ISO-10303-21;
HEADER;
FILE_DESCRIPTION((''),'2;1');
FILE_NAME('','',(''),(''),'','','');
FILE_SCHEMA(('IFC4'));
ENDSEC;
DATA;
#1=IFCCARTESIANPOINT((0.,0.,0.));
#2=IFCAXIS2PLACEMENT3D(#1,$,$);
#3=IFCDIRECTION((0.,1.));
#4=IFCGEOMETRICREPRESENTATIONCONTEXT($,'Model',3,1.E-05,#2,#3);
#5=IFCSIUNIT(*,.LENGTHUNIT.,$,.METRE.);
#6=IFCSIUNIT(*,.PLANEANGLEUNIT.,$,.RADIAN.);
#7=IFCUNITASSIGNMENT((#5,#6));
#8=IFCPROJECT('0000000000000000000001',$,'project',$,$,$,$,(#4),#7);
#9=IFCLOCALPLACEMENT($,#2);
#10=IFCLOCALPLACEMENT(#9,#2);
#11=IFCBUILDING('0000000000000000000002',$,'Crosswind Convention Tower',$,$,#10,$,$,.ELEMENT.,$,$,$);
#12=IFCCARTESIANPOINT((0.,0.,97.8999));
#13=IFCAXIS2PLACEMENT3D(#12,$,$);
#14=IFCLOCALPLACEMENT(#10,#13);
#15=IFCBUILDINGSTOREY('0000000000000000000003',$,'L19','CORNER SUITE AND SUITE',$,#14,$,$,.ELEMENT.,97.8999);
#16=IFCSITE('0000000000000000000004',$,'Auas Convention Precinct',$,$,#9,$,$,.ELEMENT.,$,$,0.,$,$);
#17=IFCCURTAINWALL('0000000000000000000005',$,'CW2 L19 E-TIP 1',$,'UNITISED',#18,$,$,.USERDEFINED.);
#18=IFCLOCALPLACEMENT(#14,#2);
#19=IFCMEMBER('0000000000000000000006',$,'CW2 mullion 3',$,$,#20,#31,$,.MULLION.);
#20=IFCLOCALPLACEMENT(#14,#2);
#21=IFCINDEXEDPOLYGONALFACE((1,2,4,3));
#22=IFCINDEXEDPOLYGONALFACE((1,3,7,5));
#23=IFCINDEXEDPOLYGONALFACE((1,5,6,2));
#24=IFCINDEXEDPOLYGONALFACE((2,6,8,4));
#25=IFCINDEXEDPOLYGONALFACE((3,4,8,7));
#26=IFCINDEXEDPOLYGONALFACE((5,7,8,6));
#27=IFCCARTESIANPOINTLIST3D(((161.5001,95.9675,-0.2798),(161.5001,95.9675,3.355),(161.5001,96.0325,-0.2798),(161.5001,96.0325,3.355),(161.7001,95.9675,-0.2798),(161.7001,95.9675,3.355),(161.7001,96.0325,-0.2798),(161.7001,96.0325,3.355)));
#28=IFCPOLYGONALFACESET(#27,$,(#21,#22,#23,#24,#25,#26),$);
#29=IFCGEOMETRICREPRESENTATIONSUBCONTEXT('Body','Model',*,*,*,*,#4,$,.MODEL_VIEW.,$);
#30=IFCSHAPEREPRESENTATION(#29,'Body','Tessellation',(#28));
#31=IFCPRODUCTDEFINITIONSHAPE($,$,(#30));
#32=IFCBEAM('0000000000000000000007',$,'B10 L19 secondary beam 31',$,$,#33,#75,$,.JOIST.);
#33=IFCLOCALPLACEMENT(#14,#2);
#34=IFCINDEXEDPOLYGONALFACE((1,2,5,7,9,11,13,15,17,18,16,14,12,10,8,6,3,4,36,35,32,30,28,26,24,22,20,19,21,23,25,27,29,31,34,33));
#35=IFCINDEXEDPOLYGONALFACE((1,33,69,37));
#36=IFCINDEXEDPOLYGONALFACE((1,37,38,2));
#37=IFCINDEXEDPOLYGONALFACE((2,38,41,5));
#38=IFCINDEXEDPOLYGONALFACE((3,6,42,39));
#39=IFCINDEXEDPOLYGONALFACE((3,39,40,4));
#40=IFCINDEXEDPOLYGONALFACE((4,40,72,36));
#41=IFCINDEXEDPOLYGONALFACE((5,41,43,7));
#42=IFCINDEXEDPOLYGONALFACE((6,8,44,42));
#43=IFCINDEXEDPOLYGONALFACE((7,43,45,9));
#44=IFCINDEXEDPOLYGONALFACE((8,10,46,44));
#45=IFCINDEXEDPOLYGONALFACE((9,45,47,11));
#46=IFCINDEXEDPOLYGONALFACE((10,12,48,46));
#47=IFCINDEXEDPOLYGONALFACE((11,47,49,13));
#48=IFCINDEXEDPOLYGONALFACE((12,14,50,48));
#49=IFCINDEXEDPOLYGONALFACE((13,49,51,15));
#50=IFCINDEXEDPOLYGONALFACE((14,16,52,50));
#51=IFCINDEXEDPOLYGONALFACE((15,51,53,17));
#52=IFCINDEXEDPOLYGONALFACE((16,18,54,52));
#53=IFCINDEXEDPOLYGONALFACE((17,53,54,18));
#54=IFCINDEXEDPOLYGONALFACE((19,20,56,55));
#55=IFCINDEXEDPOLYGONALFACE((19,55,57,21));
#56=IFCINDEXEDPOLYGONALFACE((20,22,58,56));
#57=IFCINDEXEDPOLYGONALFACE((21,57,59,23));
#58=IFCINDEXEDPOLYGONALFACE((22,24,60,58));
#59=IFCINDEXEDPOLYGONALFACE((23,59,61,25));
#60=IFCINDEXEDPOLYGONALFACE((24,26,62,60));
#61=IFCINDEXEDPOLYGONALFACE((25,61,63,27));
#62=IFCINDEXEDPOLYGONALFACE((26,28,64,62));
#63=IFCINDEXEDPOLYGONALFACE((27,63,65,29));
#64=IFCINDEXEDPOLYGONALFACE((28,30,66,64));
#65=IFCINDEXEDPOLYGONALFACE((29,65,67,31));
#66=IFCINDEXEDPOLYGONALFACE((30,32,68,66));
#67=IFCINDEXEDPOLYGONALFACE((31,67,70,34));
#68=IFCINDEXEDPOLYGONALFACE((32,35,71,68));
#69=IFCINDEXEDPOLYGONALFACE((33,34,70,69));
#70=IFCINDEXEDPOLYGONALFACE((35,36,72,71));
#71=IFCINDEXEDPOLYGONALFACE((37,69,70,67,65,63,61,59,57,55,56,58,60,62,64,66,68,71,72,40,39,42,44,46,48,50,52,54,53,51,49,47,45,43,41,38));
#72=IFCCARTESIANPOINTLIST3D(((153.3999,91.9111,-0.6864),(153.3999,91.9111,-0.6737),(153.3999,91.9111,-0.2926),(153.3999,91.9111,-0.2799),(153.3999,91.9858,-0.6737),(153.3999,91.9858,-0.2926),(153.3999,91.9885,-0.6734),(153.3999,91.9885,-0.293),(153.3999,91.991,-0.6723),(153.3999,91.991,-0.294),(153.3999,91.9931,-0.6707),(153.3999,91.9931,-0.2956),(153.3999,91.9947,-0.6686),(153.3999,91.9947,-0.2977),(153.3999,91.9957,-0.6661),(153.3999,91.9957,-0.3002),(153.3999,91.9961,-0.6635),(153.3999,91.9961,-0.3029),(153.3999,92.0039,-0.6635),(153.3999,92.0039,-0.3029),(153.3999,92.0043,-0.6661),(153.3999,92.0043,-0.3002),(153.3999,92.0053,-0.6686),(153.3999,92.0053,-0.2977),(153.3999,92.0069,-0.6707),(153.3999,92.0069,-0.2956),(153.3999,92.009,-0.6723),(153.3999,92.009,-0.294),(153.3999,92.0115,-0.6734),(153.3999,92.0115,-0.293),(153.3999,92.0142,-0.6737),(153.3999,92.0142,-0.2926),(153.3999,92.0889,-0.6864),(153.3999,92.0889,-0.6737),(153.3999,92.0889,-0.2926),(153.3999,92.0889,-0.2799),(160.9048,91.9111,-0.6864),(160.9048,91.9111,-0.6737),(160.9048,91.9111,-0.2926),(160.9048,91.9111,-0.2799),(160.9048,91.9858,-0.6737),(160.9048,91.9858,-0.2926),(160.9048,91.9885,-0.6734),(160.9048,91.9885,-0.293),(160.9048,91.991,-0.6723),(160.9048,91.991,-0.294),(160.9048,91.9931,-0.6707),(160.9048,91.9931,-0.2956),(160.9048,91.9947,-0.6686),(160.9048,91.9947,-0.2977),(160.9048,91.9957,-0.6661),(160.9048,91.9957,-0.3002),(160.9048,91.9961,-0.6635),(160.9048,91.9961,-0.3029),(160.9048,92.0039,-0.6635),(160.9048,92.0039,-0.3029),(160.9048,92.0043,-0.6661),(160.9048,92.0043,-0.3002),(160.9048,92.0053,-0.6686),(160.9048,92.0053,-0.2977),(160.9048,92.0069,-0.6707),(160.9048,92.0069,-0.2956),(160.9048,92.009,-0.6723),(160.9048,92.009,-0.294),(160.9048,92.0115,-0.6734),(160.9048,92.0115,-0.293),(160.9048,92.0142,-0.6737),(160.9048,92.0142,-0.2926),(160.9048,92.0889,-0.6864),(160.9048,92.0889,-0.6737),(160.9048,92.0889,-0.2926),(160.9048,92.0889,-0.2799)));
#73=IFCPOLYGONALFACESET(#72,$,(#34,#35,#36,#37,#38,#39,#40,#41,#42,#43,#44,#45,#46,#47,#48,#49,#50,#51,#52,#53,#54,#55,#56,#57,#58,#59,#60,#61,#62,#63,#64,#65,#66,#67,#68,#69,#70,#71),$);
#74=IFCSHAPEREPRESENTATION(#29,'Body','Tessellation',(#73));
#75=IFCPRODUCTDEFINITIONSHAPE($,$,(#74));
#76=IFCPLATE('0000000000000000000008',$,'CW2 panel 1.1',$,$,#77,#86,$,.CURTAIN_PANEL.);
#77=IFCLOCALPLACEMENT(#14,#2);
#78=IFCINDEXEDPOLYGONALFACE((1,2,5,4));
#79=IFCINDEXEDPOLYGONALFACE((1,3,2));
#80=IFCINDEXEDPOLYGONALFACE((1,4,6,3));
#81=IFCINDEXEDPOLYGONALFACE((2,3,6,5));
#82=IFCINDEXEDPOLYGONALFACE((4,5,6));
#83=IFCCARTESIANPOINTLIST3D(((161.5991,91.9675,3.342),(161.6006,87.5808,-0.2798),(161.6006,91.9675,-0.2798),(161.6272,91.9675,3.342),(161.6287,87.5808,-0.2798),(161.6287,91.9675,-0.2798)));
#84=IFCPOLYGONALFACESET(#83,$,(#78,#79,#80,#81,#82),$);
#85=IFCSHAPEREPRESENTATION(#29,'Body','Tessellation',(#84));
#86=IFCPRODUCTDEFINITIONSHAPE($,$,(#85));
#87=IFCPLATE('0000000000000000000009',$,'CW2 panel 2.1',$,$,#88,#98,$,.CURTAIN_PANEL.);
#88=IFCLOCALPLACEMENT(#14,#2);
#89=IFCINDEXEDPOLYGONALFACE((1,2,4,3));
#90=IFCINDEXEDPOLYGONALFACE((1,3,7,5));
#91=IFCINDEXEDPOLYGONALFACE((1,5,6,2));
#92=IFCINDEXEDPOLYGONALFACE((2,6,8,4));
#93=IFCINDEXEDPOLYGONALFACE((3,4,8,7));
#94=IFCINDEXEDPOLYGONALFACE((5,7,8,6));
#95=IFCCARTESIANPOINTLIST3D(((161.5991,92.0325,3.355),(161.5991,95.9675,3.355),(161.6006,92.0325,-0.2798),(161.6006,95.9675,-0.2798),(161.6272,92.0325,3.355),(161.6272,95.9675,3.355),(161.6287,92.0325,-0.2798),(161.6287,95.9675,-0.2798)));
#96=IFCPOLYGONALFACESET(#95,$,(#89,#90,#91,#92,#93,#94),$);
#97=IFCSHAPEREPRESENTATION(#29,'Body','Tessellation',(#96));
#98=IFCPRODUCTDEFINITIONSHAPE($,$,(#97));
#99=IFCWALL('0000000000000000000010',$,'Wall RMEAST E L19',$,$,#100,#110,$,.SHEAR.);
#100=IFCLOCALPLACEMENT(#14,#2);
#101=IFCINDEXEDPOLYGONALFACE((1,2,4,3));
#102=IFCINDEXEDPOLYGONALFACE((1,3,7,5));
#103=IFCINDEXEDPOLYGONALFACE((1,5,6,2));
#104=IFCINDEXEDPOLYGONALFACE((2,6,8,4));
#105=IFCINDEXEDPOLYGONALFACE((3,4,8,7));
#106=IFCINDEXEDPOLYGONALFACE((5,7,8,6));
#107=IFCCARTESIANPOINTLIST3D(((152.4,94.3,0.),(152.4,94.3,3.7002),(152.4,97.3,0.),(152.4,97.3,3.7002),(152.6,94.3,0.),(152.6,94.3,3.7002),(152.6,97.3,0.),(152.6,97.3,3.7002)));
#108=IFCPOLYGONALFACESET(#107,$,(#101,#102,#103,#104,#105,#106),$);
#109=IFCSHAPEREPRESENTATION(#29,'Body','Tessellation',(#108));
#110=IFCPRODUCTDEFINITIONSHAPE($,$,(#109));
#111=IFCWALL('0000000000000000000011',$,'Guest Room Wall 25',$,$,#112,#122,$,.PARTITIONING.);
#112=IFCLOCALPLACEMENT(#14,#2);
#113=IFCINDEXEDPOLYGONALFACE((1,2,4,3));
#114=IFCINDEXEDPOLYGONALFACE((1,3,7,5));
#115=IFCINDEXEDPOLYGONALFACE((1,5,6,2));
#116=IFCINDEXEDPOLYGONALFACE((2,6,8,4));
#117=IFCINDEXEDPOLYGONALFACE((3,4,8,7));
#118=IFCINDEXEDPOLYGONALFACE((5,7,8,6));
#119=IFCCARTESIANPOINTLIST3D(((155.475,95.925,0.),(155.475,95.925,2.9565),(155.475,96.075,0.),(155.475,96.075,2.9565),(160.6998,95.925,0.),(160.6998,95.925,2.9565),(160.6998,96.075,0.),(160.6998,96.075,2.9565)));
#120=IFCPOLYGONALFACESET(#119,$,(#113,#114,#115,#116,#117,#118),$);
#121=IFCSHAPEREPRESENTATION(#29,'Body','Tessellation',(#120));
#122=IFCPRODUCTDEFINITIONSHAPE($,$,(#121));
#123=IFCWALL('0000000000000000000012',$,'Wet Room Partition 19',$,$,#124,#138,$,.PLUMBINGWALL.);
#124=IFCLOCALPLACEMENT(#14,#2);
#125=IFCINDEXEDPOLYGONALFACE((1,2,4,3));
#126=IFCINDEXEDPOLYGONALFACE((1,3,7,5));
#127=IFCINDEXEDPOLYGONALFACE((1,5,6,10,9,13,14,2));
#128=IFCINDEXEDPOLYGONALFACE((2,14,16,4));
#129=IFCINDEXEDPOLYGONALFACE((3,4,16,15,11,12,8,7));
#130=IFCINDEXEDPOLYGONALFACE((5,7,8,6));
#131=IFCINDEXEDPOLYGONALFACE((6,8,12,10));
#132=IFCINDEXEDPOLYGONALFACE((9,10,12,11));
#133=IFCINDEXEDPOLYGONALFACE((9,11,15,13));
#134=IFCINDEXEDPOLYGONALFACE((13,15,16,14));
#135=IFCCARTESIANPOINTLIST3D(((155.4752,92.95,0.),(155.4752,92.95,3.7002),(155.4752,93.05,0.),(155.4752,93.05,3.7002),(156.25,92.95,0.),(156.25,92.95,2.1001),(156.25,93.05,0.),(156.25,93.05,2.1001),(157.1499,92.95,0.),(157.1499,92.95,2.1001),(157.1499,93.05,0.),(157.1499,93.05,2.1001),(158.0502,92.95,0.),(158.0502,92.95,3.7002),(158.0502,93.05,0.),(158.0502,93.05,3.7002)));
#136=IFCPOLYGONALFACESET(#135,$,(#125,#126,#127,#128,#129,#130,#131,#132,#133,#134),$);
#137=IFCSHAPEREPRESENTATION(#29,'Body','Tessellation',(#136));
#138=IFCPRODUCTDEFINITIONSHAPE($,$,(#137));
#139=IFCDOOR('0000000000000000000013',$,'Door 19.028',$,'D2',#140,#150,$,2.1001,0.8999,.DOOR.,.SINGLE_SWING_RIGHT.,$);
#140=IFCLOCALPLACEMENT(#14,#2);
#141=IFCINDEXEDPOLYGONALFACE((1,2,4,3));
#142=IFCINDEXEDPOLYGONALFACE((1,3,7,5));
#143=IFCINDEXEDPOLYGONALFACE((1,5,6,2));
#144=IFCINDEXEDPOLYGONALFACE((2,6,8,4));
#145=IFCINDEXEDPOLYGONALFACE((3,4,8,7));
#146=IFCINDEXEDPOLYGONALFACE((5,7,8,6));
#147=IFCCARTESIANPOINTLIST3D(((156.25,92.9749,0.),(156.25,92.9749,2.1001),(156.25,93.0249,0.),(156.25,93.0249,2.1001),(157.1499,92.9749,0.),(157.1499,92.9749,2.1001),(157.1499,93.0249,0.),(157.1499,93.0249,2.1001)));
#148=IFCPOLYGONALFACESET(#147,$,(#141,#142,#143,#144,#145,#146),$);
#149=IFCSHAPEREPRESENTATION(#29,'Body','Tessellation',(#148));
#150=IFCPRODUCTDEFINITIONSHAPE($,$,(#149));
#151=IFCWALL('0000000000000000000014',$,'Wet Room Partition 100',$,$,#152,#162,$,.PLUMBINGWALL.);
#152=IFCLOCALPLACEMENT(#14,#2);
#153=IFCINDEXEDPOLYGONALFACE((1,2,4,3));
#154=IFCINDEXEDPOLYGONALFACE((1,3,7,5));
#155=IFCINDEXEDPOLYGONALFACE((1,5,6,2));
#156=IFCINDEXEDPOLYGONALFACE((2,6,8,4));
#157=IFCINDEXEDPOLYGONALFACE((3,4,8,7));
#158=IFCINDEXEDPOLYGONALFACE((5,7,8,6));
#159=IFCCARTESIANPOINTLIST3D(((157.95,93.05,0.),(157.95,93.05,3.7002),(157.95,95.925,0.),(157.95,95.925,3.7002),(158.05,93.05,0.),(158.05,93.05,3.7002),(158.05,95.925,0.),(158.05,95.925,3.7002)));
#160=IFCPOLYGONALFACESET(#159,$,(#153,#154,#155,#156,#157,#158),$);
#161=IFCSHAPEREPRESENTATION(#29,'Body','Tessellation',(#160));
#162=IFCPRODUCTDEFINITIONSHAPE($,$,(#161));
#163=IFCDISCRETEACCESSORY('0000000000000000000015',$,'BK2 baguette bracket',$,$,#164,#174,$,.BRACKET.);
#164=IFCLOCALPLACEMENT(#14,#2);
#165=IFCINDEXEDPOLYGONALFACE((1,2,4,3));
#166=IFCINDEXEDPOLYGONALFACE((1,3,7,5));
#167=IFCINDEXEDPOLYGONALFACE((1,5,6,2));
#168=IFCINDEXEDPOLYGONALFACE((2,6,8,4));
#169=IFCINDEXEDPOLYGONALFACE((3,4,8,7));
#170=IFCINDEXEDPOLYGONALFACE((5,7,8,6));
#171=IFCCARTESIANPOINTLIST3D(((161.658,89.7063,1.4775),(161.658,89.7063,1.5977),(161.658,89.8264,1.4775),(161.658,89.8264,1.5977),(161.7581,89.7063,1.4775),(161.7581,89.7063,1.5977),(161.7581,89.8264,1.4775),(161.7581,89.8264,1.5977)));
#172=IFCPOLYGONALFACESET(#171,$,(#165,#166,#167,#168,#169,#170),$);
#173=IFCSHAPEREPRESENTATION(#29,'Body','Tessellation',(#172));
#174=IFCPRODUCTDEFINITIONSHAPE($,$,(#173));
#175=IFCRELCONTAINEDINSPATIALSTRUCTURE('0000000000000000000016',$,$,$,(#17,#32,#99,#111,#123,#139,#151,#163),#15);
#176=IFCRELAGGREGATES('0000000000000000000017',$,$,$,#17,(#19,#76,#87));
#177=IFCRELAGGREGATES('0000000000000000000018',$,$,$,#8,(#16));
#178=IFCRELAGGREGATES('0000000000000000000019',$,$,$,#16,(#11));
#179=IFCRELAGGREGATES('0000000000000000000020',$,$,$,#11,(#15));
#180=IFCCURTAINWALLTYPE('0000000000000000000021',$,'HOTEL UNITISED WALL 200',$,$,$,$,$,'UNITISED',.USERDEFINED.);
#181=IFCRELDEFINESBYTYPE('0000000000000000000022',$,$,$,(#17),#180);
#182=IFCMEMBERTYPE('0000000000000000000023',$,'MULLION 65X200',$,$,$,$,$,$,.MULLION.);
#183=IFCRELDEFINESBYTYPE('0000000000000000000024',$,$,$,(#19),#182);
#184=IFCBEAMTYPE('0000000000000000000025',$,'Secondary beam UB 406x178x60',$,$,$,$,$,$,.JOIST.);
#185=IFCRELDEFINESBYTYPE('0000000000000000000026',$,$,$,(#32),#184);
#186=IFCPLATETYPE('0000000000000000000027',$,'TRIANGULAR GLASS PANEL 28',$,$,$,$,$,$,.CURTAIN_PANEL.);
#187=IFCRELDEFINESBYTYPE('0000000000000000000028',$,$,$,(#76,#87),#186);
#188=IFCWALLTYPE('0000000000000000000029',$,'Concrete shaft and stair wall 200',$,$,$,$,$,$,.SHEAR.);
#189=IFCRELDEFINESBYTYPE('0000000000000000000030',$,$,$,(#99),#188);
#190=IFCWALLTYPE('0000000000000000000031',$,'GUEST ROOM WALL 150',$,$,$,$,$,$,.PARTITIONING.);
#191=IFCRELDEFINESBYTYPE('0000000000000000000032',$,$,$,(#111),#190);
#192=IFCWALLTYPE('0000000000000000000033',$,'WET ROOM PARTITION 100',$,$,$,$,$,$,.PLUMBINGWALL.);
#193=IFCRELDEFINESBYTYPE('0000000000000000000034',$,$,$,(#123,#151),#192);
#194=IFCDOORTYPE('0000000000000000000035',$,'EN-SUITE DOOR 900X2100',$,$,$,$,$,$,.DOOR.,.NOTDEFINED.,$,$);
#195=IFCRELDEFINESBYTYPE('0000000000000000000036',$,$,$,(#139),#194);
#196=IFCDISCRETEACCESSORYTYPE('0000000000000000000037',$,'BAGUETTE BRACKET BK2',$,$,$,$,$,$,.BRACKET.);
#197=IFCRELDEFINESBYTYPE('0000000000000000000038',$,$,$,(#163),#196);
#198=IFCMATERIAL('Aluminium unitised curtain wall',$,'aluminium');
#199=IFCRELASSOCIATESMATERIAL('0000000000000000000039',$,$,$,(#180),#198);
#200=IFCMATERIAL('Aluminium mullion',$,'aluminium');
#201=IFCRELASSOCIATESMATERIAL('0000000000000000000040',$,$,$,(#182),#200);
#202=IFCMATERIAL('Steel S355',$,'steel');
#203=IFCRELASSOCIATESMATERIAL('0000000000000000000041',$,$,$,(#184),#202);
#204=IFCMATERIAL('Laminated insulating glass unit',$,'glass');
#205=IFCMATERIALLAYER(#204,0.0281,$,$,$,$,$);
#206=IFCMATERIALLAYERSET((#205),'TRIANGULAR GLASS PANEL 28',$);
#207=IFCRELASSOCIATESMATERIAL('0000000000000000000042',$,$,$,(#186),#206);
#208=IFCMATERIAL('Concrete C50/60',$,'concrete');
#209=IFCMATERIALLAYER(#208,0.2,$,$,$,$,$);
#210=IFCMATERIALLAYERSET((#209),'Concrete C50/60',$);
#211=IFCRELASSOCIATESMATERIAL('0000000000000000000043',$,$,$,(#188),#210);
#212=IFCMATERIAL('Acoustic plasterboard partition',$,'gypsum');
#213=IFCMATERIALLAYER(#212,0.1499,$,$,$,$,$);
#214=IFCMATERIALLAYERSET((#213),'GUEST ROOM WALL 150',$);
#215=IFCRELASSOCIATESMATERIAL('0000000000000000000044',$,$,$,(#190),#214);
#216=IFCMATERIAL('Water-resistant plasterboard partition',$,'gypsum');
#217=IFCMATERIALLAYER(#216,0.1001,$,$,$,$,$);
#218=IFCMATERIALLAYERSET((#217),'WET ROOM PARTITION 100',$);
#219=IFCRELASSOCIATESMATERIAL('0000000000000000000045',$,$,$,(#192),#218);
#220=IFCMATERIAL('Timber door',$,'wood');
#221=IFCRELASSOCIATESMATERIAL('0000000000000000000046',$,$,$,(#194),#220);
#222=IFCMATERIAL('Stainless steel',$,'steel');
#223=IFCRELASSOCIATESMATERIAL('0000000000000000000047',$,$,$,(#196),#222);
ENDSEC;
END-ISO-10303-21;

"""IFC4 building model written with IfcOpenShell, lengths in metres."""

from ifc_helpers import new_model, si_unit, direction, frame, frame_2d, origin, origin_2d, place, context, subcontext, project, spatial, polyline, rectangle, i_section, outline, extrude, material, layer, layer_set, material_profile, profile_set, type_object, element, fill, aggregate, save


model = new_model("IFC4")

# Units and contexts
model_context = context("Model", 3, precision=1e-05, world=origin(), true_north=direction((0.0, 1.0)))
body_context = subcontext(model_context, "Body", "Model", "MODEL_VIEW")
ifc_project = project(units=[si_unit("LENGTHUNIT", "METRE"), si_unit("PLANEANGLEUNIT", "RADIAN")], contexts=[model_context])

# Site, building, storey
site_placement = place(None, origin())
site = spatial("IfcSite", under=ifc_project, at=site_placement, Name="Auas Convention Precinct", CompositionType="ELEMENT", RefElevation=0.0)
building_placement = place(site_placement, origin())
building = spatial("IfcBuilding", under=site, at=building_placement, Name="Crosswind Convention Tower", CompositionType="ELEMENT")
storey_placement = place(building_placement, frame((0.0, 0.0, 97.8999)))
storey = spatial("IfcBuildingStorey", under=building, at=storey_placement, Name="L19", Description="CORNER SUITE AND SUITE", CompositionType="ELEMENT", Elevation=97.8999)

# Shared definitions
ifc_material_1 = material(Name="Steel S355", Category="steel")

# Curtain wall, member
ifc_material_2 = material(Name="Aluminium unitised curtain wall", Category="aluminium")
curtain_wall_type = type_object("IfcCurtainWallType", Name="HOTEL UNITISED WALL 200", ElementType="UNITISED", PredefinedType="USERDEFINED", material=ifc_material_2)
curtain_wall_placement = place(storey_placement, origin())
curtain_wall = element("IfcCurtainWall", 1, at=curtain_wall_placement, inside=storey, type_object=curtain_wall_type, Name="CW2 L19 E-TIP 1", ObjectType="UNITISED", PredefinedType="USERDEFINED")
ifc_material_3 = material(Name="Aluminium mullion", Category="aluminium")
ifc_material_profile_1 = material_profile(ifc_material_3, rectangle(XDim=0.2, YDim=0.0649, at=origin_2d()), Name="AL 200X65")
ifc_profile_set_1 = profile_set([ifc_material_profile_1], Name="Aluminium mullion")
member_type = type_object("IfcMemberType", Name="MULLION 65X200", PredefinedType="MULLION", material=ifc_profile_set_1)
member_1_placement = place(storey_placement, frame((161.6001, 96.0, -0.2798), z_axis=(0.0, 0.0, 1.0), x_axis=(1.0, 0.0, 0.0)))
member_1 = element("IfcMember", 2, at=member_1_placement, type_object=member_type, Name="CW2 mullion 3", PredefinedType="MULLION", context=body_context, shape_type="SweptSolid", body=[
    extrude(rectangle(XDim=0.2, YDim=0.0649, at=origin_2d()), origin(), (0.0, 0.0, 1.0), 3.6348),
])

# Beam
ifc_material_profile_2 = material_profile(ifc_material_1, i_section(OverallWidth=0.1777, OverallDepth=0.4065, WebThickness=0.0078, FlangeThickness=0.0127, FilletRadius=0.0103, at=origin_2d()), Name="UB 406x178x60")
ifc_profile_set_2 = profile_set([ifc_material_profile_2], Name="Steel S355")
beam_type_1 = type_object("IfcBeamType", Name="Secondary beam UB 406x178x60", PredefinedType="JOIST", material=ifc_profile_set_2)
beam_1_placement = place(storey_placement, frame((153.3999, 92.0, -0.4832), z_axis=(1.0, 0.0, 0.0), x_axis=(0.0, 1.0, 0.0)))
element("IfcBeam", 3, at=beam_1_placement, inside=storey, type_object=beam_type_1, Name="B10 L19 secondary beam 31", PredefinedType="JOIST", context=body_context, shape_type="SweptSolid", body=[
    extrude(i_section(OverallWidth=0.1777, OverallDepth=0.4065, WebThickness=0.0078, FlangeThickness=0.0127, FilletRadius=0.0103, at=origin_2d()), origin(), (0.0, 0.0, 1.0), 7.5049),
])

# Plates
ifc_material_4 = material(Name="Laminated insulating glass unit", Category="glass")
ifc_layer_1 = layer(ifc_material_4, 0.0281)
ifc_layer_set_1 = layer_set([ifc_layer_1], Name="TRIANGULAR GLASS PANEL 28")
plate_type = type_object("IfcPlateType", Name="TRIANGULAR GLASS PANEL 28", PredefinedType="CURTAIN_PANEL", material=ifc_layer_set_1)
plate_1_placement = place(storey_placement, frame((161.6287, 91.9675, -0.2798), z_axis=(1.0, 0.0, 0.000404), x_axis=(-0.000404, 0.0, 1.0)))
plate_1 = element("IfcPlate", 4, at=plate_1_placement, type_object=plate_type, Name="CW2 panel 1.1", PredefinedType="CURTAIN_PANEL", context=body_context, shape_type="SweptSolid", body=[
    extrude(outline(polyline([(0.0, 0.0), (3.6218, 0.0), (0.0, 4.3867), (0.0, 0.0)])), origin(), (0.0, 0.0, -1.0), 0.0281),
])
plate_2_placement = place(storey_placement, frame((161.6287, 92.0325, -0.2798), z_axis=(1.0, 0.0, 0.000403), x_axis=(0.0, 1.0, 0.0)))
plate_2 = element("IfcPlate", 5, at=plate_2_placement, type_object=plate_type, Name="CW2 panel 2.1", PredefinedType="CURTAIN_PANEL", context=body_context, shape_type="SweptSolid", body=[
    extrude(outline(polyline([(0.0, 0.0), (3.9351, 0.0), (3.9351, 3.6348), (0.0, 3.6348), (0.0, 0.0)])), origin(), (0.0, 0.0, -1.0), 0.0281),
])
aggregate(curtain_wall, [member_1, plate_1, plate_2])

# Walls
ifc_material_5 = material(Name="Concrete C50/60", Category="concrete")
ifc_layer_2 = layer(ifc_material_5, 0.2)
ifc_layer_set_2 = layer_set([ifc_layer_2], Name="Concrete C50/60")
wall_type_1 = type_object("IfcWallType", Name="Concrete shaft and stair wall 200", PredefinedType="SHEAR", material=ifc_layer_set_2)
wall_1_placement = place(storey_placement, frame((152.5, 94.3, 0.0), z_axis=(0.0, 0.0, 1.0), x_axis=(0.0, 1.0, 0.0)))
element("IfcWall", 6, at=wall_1_placement, inside=storey, type_object=wall_type_1, Name="Wall RMEAST E L19", PredefinedType="SHEAR", context=body_context, shape_type="SweptSolid", body=[
    extrude(rectangle(XDim=3.0, YDim=0.2, at=frame_2d((1.5, 0.0))), origin(), (0.0, 0.0, 1.0), 3.7002),
])
ifc_material_6 = material(Name="Acoustic plasterboard partition", Category="gypsum")
ifc_layer_3 = layer(ifc_material_6, 0.1499)
ifc_layer_set_3 = layer_set([ifc_layer_3], Name="GUEST ROOM WALL 150")
wall_type_2 = type_object("IfcWallType", Name="GUEST ROOM WALL 150", PredefinedType="PARTITIONING", material=ifc_layer_set_3)
wall_2_placement = place(storey_placement, frame((155.4751, 96.0, 0.0), z_axis=(0.0, 0.0, 1.0), x_axis=(1.0, 0.0, 0.0)))
element("IfcWall", 7, at=wall_2_placement, inside=storey, type_object=wall_type_2, Name="Guest Room Wall 25", PredefinedType="PARTITIONING", context=body_context, shape_type="SweptSolid", body=[
    extrude(rectangle(XDim=5.2249, YDim=0.1499, at=frame_2d((2.6123, 0.0))), origin(), (0.0, 0.0, 1.0), 2.9565),
])

# Wall, opening, door
ifc_material_7 = material(Name="Water-resistant plasterboard partition", Category="gypsum")
ifc_layer_4 = layer(ifc_material_7, 0.1001)
ifc_layer_set_4 = layer_set([ifc_layer_4], Name="WET ROOM PARTITION 100")
wall_type_3 = type_object("IfcWallType", Name="WET ROOM PARTITION 100", PredefinedType="PLUMBINGWALL", material=ifc_layer_set_4)
wall_3_placement = place(storey_placement, frame((155.4751, 93.0, 0.0), z_axis=(0.0, 0.0, 1.0), x_axis=(1.0, 0.0, 0.0)))
wall_3 = element("IfcWall", 8, at=wall_3_placement, inside=storey, type_object=wall_type_3, Name="Wet Room Partition 19", PredefinedType="PLUMBINGWALL", context=body_context, shape_type="SweptSolid", body=[
    extrude(rectangle(XDim=2.575, YDim=0.1001, at=frame_2d((1.2876, 0.0))), origin(), (0.0, 0.0, 1.0), 3.7002),
])
opening_1_placement = place(wall_3_placement, frame((0.7749, 0.0, 0.0)))
opening_1 = element("IfcOpeningElement", 9, at=opening_1_placement, cuts=wall_3, PredefinedType="OPENING", context=body_context, shape_type="SweptSolid", body=[
    extrude(rectangle(XDim=0.8999, YDim=2.1001, at=frame_2d((0.45, 1.05))), frame((0.0, 0.0601, 0.0), z_axis=(0.0, -1.0, 0.0), x_axis=(1.0, 0.0, 0.0)), (0.0, 0.0, 1.0), 0.1201),
])
ifc_material_8 = material(Name="Timber door", Category="wood")
door_type_1 = type_object("IfcDoorType", Name="EN-SUITE DOOR 900X2100", OperationType="NOTDEFINED", PredefinedType="DOOR", material=ifc_material_8)
door_1_placement = place(opening_1_placement, origin())
door_1 = element("IfcDoor", 10, at=door_1_placement, inside=storey, type_object=door_type_1, Name="Door 19.028", ObjectType="D2", OperationType="SINGLE_SWING_RIGHT", OverallHeight=2.1001, OverallWidth=0.8999, PredefinedType="DOOR", context=body_context, shape_type="SweptSolid", body=[
    extrude(rectangle(XDim=0.8999, YDim=2.1001, at=frame_2d((0.45, 1.05))), frame((0.0, 0.0249, 0.0), z_axis=(0.0, -1.0, 0.0), x_axis=(1.0, 0.0, 0.0)), (0.0, 0.0, 1.0), 0.05),
])
fill(opening_1, door_1)

# Wall
wall_4_placement = place(storey_placement, frame((158.0, 93.05, 0.0), z_axis=(0.0, 0.0, 1.0), x_axis=(0.0, 1.0, 0.0)))
element("IfcWall", 11, at=wall_4_placement, inside=storey, type_object=wall_type_3, Name="Wet Room Partition 100", PredefinedType="PLUMBINGWALL", context=body_context, shape_type="SweptSolid", body=[
    extrude(rectangle(XDim=2.875, YDim=0.1001, at=frame_2d((1.4375, 0.0))), origin(), (0.0, 0.0, 1.0), 3.7002),
])

# Discrete accessory
ifc_material_9 = material(Name="Stainless steel", Category="steel")
discrete_accessory_type = type_object("IfcDiscreteAccessoryType", Name="BAGUETTE BRACKET BK2", PredefinedType="BRACKET", material=ifc_material_9)
discrete_accessory_placement = place(storey_placement, frame((161.708, 89.7664, 1.4775), z_axis=(0.0, 0.0, 1.0), x_axis=(0.0, 1.0, 0.0)))
element("IfcDiscreteAccessory", 12, at=discrete_accessory_placement, inside=storey, type_object=discrete_accessory_type, Name="BK2 baguette bracket", PredefinedType="BRACKET", context=body_context, shape_type="SweptSolid", body=[
    extrude(rectangle(XDim=0.1201, YDim=0.1001, at=origin_2d()), origin(), (0.0, 0.0, 1.0), 0.1201),
])

save(model, "model.ifc")
